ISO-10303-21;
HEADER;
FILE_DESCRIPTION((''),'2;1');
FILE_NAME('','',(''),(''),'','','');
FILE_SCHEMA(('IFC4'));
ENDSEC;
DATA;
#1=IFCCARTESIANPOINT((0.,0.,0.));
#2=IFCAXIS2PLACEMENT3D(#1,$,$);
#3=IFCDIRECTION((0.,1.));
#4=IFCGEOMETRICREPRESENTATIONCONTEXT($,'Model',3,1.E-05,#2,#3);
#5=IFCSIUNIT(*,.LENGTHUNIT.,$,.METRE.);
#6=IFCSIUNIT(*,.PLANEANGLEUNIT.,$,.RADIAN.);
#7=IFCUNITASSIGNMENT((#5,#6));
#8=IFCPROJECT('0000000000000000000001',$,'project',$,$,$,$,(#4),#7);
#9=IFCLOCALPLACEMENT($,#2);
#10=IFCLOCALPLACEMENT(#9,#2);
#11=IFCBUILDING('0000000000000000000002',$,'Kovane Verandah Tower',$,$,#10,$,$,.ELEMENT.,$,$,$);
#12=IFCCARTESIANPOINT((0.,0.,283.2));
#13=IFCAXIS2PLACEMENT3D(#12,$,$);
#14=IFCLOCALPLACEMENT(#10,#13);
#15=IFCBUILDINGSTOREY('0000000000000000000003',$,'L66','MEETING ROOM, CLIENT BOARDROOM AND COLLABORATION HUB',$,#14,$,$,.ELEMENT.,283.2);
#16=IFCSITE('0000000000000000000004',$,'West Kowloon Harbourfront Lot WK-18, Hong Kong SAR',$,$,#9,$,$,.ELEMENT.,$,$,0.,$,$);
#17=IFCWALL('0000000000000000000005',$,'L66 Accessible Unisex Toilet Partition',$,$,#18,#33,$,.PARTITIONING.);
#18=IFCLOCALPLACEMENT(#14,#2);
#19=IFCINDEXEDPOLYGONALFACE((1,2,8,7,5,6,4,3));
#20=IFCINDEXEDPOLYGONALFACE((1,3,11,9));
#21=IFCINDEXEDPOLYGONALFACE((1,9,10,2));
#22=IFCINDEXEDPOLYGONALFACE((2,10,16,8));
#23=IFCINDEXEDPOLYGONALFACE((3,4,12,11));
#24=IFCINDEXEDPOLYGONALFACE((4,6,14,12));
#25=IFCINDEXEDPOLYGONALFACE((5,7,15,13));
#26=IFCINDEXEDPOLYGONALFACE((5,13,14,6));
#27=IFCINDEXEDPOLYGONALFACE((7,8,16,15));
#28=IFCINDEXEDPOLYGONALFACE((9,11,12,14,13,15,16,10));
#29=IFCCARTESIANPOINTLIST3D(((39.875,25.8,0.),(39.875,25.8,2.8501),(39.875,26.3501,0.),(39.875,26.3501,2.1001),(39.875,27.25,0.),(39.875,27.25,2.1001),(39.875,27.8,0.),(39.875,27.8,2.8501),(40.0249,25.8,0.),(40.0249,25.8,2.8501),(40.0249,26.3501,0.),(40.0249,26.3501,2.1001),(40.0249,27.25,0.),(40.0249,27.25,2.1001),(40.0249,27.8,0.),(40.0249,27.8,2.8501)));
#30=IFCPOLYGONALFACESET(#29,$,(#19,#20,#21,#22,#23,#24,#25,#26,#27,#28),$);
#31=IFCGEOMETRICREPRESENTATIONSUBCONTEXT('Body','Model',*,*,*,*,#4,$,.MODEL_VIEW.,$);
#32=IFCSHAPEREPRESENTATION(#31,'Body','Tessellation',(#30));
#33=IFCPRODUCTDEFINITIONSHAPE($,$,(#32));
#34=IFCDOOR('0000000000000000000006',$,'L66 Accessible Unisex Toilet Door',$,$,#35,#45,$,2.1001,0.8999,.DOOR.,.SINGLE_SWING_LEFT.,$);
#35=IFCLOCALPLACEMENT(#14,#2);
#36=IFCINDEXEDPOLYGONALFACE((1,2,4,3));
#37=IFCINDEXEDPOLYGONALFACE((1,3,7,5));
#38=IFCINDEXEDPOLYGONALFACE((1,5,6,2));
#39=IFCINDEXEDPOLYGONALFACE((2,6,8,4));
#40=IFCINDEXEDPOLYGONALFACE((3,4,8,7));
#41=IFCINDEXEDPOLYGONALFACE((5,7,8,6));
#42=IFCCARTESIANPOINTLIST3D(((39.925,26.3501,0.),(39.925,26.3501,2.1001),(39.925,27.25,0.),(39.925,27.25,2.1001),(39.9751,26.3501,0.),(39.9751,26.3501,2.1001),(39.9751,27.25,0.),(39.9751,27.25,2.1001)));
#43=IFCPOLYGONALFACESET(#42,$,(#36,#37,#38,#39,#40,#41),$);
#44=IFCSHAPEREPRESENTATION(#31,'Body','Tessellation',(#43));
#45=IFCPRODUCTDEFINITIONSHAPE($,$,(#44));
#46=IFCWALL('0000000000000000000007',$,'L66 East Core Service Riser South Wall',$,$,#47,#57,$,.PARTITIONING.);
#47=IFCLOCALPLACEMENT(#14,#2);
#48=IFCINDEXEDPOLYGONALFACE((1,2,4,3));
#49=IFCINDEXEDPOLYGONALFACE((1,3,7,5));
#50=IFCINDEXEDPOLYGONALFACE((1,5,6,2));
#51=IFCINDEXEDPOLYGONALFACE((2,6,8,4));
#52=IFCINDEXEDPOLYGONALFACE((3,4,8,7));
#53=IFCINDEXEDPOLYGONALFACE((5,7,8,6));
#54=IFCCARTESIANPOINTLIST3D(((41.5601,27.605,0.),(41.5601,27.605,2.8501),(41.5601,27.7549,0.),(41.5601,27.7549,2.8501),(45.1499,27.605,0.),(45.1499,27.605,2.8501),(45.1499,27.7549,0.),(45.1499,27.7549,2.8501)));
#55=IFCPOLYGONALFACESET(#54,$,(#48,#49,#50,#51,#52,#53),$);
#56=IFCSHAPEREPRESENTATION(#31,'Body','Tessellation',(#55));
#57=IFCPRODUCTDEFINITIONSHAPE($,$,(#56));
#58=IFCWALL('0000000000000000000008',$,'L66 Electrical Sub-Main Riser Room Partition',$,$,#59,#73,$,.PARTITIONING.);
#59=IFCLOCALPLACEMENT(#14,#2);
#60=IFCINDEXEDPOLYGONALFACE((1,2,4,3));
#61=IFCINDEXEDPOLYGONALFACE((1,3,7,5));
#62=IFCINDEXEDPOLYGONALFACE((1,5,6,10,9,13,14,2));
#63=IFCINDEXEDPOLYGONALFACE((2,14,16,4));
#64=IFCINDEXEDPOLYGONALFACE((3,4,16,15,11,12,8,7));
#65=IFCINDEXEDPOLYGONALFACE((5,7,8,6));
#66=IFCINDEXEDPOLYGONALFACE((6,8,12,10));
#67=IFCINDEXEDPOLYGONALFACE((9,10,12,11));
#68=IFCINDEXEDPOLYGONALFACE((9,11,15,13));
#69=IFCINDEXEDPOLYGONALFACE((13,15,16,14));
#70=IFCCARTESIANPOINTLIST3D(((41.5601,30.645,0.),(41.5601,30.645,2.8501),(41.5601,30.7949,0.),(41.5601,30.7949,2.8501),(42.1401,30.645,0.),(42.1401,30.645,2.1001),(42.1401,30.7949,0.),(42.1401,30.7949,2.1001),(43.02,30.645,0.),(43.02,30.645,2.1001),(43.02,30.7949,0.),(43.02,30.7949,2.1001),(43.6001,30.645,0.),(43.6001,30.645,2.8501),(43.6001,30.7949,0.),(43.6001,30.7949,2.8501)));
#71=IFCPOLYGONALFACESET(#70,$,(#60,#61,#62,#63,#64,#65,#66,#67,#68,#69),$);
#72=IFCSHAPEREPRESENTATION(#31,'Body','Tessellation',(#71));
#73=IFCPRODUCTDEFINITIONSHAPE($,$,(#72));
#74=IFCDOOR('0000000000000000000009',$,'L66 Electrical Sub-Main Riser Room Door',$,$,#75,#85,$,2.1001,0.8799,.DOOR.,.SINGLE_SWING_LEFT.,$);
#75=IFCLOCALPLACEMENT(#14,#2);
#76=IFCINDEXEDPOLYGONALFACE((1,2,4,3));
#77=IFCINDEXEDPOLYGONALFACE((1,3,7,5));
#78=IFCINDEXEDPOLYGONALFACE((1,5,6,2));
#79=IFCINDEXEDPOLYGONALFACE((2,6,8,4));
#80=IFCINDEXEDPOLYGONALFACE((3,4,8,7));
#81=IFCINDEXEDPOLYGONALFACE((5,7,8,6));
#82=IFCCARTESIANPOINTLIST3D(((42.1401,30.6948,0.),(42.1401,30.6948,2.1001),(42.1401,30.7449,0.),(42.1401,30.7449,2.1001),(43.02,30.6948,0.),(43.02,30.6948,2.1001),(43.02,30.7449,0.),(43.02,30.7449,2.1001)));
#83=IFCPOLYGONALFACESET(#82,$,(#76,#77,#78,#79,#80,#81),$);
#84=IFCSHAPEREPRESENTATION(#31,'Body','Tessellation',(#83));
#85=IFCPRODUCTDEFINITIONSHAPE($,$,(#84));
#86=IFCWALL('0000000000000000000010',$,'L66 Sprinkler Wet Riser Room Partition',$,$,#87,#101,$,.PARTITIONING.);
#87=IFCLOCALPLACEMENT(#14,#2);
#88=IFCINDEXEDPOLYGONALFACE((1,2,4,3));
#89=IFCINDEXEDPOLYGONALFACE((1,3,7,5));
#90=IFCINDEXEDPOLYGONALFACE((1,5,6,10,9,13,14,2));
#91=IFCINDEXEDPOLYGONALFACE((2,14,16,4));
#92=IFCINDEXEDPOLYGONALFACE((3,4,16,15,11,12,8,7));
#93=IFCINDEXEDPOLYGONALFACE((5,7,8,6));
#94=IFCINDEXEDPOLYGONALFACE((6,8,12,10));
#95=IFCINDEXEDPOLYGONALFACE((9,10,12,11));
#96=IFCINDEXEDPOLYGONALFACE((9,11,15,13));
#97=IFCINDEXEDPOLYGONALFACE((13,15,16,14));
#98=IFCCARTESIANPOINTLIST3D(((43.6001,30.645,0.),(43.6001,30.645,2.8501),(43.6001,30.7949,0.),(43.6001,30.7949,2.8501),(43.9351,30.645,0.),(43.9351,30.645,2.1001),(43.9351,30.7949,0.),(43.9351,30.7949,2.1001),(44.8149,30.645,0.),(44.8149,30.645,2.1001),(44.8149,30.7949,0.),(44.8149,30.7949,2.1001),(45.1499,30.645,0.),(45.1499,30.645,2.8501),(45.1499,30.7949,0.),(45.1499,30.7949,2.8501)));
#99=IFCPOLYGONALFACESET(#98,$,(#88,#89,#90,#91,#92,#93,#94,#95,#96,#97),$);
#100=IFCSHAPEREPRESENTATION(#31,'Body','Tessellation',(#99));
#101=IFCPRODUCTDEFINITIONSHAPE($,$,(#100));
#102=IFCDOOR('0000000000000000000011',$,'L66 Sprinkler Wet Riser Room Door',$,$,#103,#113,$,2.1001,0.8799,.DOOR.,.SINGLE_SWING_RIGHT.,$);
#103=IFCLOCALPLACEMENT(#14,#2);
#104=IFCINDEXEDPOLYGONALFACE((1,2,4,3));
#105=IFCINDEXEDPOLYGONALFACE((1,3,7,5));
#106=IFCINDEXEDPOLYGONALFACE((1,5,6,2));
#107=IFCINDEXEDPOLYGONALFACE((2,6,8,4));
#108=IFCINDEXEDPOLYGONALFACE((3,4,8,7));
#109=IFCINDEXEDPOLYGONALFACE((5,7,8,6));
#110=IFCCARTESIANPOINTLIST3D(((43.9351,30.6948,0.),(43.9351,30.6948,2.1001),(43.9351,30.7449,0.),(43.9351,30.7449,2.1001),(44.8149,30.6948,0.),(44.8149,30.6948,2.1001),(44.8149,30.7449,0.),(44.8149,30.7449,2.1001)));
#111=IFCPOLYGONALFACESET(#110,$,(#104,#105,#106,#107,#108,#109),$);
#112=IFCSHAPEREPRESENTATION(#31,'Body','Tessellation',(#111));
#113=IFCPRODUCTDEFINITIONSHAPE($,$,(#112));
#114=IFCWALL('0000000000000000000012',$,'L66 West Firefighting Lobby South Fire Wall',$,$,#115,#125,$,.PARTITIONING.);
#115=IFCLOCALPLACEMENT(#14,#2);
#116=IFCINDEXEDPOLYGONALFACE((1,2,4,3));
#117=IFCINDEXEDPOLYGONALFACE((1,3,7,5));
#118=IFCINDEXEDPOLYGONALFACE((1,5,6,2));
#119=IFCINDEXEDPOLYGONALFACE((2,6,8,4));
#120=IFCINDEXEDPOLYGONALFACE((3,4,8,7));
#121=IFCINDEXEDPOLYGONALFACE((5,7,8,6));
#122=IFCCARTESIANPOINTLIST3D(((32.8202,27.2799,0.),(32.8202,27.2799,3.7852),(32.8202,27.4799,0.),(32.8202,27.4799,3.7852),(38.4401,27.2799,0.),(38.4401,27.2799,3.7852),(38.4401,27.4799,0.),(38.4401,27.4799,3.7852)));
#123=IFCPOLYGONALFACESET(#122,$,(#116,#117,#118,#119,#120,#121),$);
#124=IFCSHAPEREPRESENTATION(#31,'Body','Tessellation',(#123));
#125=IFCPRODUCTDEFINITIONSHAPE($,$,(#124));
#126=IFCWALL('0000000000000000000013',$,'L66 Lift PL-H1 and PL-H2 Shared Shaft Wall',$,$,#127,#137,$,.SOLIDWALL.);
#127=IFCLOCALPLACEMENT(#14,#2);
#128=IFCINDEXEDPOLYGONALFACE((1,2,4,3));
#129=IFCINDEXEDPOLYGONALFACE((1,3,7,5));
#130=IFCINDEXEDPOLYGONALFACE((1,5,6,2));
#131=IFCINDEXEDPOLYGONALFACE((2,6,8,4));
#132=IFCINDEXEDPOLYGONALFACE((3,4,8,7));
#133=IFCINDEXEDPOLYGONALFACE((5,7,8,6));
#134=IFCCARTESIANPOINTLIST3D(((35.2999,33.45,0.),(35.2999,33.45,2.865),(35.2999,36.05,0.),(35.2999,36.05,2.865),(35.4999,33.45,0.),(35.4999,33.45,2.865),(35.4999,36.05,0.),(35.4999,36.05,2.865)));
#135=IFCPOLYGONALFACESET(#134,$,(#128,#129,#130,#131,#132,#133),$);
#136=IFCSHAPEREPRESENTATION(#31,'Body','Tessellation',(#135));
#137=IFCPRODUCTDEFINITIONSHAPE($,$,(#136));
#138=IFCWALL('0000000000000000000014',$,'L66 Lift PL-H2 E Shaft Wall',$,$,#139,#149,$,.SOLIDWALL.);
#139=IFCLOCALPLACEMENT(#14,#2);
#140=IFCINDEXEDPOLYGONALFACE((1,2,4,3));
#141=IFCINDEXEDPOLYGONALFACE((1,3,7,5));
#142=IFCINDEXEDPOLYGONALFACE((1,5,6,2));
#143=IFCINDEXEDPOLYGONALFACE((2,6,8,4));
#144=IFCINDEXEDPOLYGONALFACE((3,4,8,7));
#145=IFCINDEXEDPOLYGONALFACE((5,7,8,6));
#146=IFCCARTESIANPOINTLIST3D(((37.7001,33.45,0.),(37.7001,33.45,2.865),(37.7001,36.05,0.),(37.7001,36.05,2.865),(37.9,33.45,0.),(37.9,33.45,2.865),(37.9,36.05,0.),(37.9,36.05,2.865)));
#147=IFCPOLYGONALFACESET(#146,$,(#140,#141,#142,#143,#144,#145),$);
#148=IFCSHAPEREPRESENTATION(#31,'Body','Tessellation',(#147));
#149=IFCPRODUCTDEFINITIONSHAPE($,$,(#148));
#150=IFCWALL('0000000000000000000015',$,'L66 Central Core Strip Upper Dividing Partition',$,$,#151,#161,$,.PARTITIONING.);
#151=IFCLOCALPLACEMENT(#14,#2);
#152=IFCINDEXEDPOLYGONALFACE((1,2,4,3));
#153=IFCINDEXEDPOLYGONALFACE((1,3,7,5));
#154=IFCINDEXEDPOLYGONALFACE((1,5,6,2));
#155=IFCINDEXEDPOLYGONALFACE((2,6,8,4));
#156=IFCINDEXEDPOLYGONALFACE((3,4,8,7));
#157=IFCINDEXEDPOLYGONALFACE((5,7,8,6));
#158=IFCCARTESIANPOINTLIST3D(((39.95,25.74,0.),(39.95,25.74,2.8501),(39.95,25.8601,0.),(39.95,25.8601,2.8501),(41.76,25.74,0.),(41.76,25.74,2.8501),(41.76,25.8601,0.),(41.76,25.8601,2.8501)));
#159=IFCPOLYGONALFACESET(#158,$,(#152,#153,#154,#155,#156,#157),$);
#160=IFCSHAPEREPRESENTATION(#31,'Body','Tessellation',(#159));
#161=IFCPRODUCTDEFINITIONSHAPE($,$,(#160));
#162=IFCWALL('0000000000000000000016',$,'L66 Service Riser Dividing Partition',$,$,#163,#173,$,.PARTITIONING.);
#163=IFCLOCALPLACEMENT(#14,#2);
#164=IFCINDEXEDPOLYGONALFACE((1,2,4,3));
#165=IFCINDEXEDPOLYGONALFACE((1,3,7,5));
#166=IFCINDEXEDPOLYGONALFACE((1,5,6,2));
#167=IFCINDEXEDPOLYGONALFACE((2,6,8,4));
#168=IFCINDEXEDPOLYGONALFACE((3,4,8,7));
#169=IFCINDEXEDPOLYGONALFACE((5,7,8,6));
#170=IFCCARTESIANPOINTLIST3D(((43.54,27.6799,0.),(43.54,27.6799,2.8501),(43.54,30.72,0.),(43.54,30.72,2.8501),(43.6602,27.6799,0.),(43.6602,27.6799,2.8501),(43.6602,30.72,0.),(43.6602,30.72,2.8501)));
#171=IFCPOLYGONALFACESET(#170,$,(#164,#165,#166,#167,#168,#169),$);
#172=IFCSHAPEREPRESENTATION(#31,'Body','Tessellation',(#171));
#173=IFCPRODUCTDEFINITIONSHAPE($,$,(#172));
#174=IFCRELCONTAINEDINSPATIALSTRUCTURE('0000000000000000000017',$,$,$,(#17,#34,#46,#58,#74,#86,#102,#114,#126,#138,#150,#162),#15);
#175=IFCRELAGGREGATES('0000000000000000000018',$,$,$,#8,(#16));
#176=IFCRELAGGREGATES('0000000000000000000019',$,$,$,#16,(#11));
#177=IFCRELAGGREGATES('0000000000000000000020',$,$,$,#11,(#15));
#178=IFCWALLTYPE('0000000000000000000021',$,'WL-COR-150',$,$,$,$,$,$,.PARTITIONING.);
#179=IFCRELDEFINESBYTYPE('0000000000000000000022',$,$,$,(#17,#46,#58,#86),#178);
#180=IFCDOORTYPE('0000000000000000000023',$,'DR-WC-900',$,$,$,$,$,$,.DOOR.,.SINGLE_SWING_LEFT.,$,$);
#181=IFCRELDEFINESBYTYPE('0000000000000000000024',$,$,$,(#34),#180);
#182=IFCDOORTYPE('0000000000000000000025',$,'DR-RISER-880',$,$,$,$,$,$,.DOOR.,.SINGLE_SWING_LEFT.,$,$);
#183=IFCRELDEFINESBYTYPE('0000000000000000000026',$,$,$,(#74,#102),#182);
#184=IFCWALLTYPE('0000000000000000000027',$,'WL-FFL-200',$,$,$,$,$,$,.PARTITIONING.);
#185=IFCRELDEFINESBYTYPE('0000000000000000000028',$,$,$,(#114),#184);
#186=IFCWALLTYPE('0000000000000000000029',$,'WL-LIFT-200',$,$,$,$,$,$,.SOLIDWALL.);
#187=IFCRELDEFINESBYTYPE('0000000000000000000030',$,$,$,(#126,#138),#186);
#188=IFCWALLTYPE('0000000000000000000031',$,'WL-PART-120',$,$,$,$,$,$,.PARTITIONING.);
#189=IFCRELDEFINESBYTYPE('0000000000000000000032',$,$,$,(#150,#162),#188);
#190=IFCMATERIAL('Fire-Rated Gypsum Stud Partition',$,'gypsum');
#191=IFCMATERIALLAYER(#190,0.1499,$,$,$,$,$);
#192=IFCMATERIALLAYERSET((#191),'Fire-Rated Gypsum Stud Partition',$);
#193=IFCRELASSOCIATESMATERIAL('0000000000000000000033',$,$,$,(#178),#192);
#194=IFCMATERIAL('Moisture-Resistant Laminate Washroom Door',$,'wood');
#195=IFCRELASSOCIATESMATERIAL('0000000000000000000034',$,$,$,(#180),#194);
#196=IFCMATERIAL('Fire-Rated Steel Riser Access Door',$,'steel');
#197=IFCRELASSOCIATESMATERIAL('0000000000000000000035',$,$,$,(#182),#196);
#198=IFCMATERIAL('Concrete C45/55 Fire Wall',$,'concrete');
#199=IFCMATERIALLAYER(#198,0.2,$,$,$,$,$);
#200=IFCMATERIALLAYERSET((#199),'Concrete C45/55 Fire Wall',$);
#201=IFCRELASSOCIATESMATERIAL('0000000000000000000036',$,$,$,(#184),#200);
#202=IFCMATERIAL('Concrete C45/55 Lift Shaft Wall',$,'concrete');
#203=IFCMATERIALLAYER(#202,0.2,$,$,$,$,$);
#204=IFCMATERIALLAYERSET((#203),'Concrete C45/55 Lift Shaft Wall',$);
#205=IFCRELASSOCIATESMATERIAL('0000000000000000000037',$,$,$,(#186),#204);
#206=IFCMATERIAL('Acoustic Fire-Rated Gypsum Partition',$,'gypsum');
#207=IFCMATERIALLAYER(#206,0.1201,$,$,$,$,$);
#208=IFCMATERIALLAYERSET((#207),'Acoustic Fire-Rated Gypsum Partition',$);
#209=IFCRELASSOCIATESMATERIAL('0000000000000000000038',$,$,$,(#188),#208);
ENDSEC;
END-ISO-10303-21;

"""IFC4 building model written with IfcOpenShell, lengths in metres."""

from ifc_helpers import new_model, si_unit, direction, frame, frame_2d, origin, place, context, subcontext, project, spatial, rectangle, extrude, material, layer, layer_set, type_object, element, fill, save


model = new_model("IFC4")

# Units and contexts
model_context = context("Model", 3, precision=1e-05, world=origin(), true_north=direction((0.0, 1.0)))
body_context = subcontext(model_context, "Body", "Model", "MODEL_VIEW")
ifc_project = project(units=[si_unit("LENGTHUNIT", "METRE"), si_unit("PLANEANGLEUNIT", "RADIAN")], contexts=[model_context])

# Site, building, storey
site_placement = place(None, origin())
site = spatial("IfcSite", under=ifc_project, at=site_placement, Name="West Kowloon Harbourfront Lot WK-18, Hong Kong SAR", CompositionType="ELEMENT", RefElevation=0.0)
building_placement = place(site_placement, origin())
building = spatial("IfcBuilding", under=site, at=building_placement, Name="Kovane Verandah Tower", CompositionType="ELEMENT")
storey_placement = place(building_placement, frame((0.0, 0.0, 283.2)))
storey = spatial("IfcBuildingStorey", under=building, at=storey_placement, Name="L66", Description="MEETING ROOM, CLIENT BOARDROOM AND COLLABORATION HUB", CompositionType="ELEMENT", Elevation=283.2)

# Wall, opening, door
ifc_material_1 = material(Name="Fire-Rated Gypsum Stud Partition", Category="gypsum")
ifc_layer_1 = layer(ifc_material_1, 0.1499)
ifc_layer_set_1 = layer_set([ifc_layer_1], Name="Fire-Rated Gypsum Stud Partition")
wall_type_1 = type_object("IfcWallType", Name="WL-COR-150", PredefinedType="PARTITIONING", material=ifc_layer_set_1)
wall_1_placement = place(storey_placement, frame((39.95, 25.8, 0.0), z_axis=(0.0, 0.0, 1.0), x_axis=(0.0, 1.0, 0.0)))
wall_1 = element("IfcWall", 1, at=wall_1_placement, inside=storey, type_object=wall_type_1, Name="L66 Accessible Unisex Toilet Partition", PredefinedType="PARTITIONING", context=body_context, shape_type="SweptSolid", body=[
    extrude(rectangle(XDim=2.0, YDim=0.1499, at=frame_2d((1.0, 0.0))), origin(), (0.0, 0.0, 1.0), 2.8501),
])
opening_1_placement = place(wall_1_placement, frame((0.55, 0.0, 0.0)))
opening_1 = element("IfcOpeningElement", 2, at=opening_1_placement, cuts=wall_1, PredefinedType="OPENING", context=body_context, shape_type="SweptSolid", body=[
    extrude(rectangle(XDim=0.8999, YDim=2.1001, at=frame_2d((0.45, 1.05))), frame((0.0, 0.075, 0.0), z_axis=(0.0, -1.0, 0.0), x_axis=(1.0, 0.0, 0.0)), (0.0, 0.0, 1.0), 0.1499),
])
ifc_material_2 = material(Name="Moisture-Resistant Laminate Washroom Door", Category="wood")
door_type_1 = type_object("IfcDoorType", Name="DR-WC-900", OperationType="SINGLE_SWING_LEFT", PredefinedType="DOOR", material=ifc_material_2)
door_1_placement = place(opening_1_placement, origin())
door_1 = element("IfcDoor", 3, at=door_1_placement, inside=storey, type_object=door_type_1, Name="L66 Accessible Unisex Toilet Door", OperationType="SINGLE_SWING_LEFT", OverallHeight=2.1001, OverallWidth=0.8999, PredefinedType="DOOR", context=body_context, shape_type="SweptSolid", body=[
    extrude(rectangle(XDim=0.8999, YDim=2.1001, at=frame_2d((0.45, 1.05))), frame((0.0, 0.0249, 0.0), z_axis=(0.0, -1.0, 0.0), x_axis=(1.0, 0.0, 0.0)), (0.0, 0.0, 1.0), 0.05),
])
fill(opening_1, door_1)

# Wall
wall_2_placement = place(storey_placement, frame((41.5601, 27.6799, 0.0), z_axis=(0.0, 0.0, 1.0), x_axis=(1.0, 0.0, 0.0)))
element("IfcWall", 4, at=wall_2_placement, inside=storey, type_object=wall_type_1, Name="L66 East Core Service Riser South Wall", PredefinedType="PARTITIONING", context=body_context, shape_type="SweptSolid", body=[
    extrude(rectangle(XDim=3.5898, YDim=0.1499, at=frame_2d((1.7949, 0.0))), origin(), (0.0, 0.0, 1.0), 2.8501),
])

# Walls, openings, doors
wall_3_placement = place(storey_placement, frame((41.5601, 30.72, 0.0), z_axis=(0.0, 0.0, 1.0), x_axis=(1.0, 0.0, 0.0)))
wall_3 = element("IfcWall", 5, at=wall_3_placement, inside=storey, type_object=wall_type_1, Name="L66 Electrical Sub-Main Riser Room Partition", PredefinedType="PARTITIONING", context=body_context, shape_type="SweptSolid", body=[
    extrude(rectangle(XDim=2.04, YDim=0.1499, at=frame_2d((1.02, 0.0))), origin(), (0.0, 0.0, 1.0), 2.8501),
])
opening_2_placement = place(wall_3_placement, frame((0.5801, 0.0, 0.0)))
opening_2 = element("IfcOpeningElement", 6, at=opening_2_placement, cuts=wall_3, PredefinedType="OPENING", context=body_context, shape_type="SweptSolid", body=[
    extrude(rectangle(XDim=0.8799, YDim=2.1001, at=frame_2d((0.4399, 1.05))), frame((0.0, 0.075, 0.0), z_axis=(0.0, -1.0, 0.0), x_axis=(1.0, 0.0, 0.0)), (0.0, 0.0, 1.0), 0.1499),
])
ifc_material_3 = material(Name="Fire-Rated Steel Riser Access Door", Category="steel")
door_type_2 = type_object("IfcDoorType", Name="DR-RISER-880", OperationType="SINGLE_SWING_LEFT", PredefinedType="DOOR", material=ifc_material_3)
door_2_placement = place(opening_2_placement, origin())
door_2 = element("IfcDoor", 7, at=door_2_placement, inside=storey, type_object=door_type_2, Name="L66 Electrical Sub-Main Riser Room Door", OperationType="SINGLE_SWING_LEFT", OverallHeight=2.1001, OverallWidth=0.8799, PredefinedType="DOOR", context=body_context, shape_type="SweptSolid", body=[
    extrude(rectangle(XDim=0.8799, YDim=2.1001, at=frame_2d((0.4399, 1.05))), frame((0.0, 0.0249, 0.0), z_axis=(0.0, -1.0, 0.0), x_axis=(1.0, 0.0, 0.0)), (0.0, 0.0, 1.0), 0.05),
])
fill(opening_2, door_2)
wall_4_placement = place(storey_placement, frame((43.6001, 30.72, 0.0), z_axis=(0.0, 0.0, 1.0), x_axis=(1.0, 0.0, 0.0)))
wall_4 = element("IfcWall", 8, at=wall_4_placement, inside=storey, type_object=wall_type_1, Name="L66 Sprinkler Wet Riser Room Partition", PredefinedType="PARTITIONING", context=body_context, shape_type="SweptSolid", body=[
    extrude(rectangle(XDim=1.5498, YDim=0.1499, at=frame_2d((0.7749, 0.0))), origin(), (0.0, 0.0, 1.0), 2.8501),
])
opening_3_placement = place(wall_4_placement, frame((0.335, 0.0, 0.0)))
opening_3 = element("IfcOpeningElement", 9, at=opening_3_placement, cuts=wall_4, PredefinedType="OPENING", context=body_context, shape_type="SweptSolid", body=[
    extrude(rectangle(XDim=0.8799, YDim=2.1001, at=frame_2d((0.4399, 1.05))), frame((0.0, 0.075, 0.0), z_axis=(0.0, -1.0, 0.0), x_axis=(1.0, 0.0, 0.0)), (0.0, 0.0, 1.0), 0.1499),
])
door_3_placement = place(opening_3_placement, origin())
door_3 = element("IfcDoor", 10, at=door_3_placement, inside=storey, type_object=door_type_2, Name="L66 Sprinkler Wet Riser Room Door", OperationType="SINGLE_SWING_RIGHT", OverallHeight=2.1001, OverallWidth=0.8799, PredefinedType="DOOR", context=body_context, shape_type="SweptSolid", body=[
    extrude(rectangle(XDim=0.8799, YDim=2.1001, at=frame_2d((0.4399, 1.05))), frame((0.0, 0.0249, 0.0), z_axis=(0.0, -1.0, 0.0), x_axis=(1.0, 0.0, 0.0)), (0.0, 0.0, 1.0), 0.05),
])
fill(opening_3, door_3)
ifc_material_4 = material(Name="Concrete C45/55 Fire Wall", Category="concrete")
ifc_layer_2 = layer(ifc_material_4, 0.2)
ifc_layer_set_2 = layer_set([ifc_layer_2], Name="Concrete C45/55 Fire Wall")
wall_type_2 = type_object("IfcWallType", Name="WL-FFL-200", PredefinedType="PARTITIONING", material=ifc_layer_set_2)

# Wall
wall_5_placement = place(storey_placement, frame((32.8201, 27.3799, 0.0), z_axis=(0.0, 0.0, 1.0), x_axis=(1.0, 0.0, 0.0)))
element("IfcWall", 11, at=wall_5_placement, inside=storey, type_object=wall_type_2, Name="L66 West Firefighting Lobby South Fire Wall", PredefinedType="PARTITIONING", context=body_context, shape_type="SweptSolid", body=[
    extrude(rectangle(XDim=5.6199, YDim=0.2, at=frame_2d((2.8101, 0.0))), origin(), (0.0, 0.0, 1.0), 3.7852),
])

# Shared definitions
ifc_material_5 = material(Name="Concrete C45/55 Lift Shaft Wall", Category="concrete")
ifc_layer_3 = layer(ifc_material_5, 0.2)
ifc_layer_set_3 = layer_set([ifc_layer_3], Name="Concrete C45/55 Lift Shaft Wall")
wall_type_3 = type_object("IfcWallType", Name="WL-LIFT-200", PredefinedType="SOLIDWALL", material=ifc_layer_set_3)

# Wall
wall_6_placement = place(storey_placement, frame((35.3999, 33.45, 0.0), z_axis=(0.0, 0.0, 1.0), x_axis=(0.0, 1.0, 0.0)))
element("IfcWall", 12, at=wall_6_placement, inside=storey, type_object=wall_type_3, Name="L66 Lift PL-H1 and PL-H2 Shared Shaft Wall", PredefinedType="SOLIDWALL", context=body_context, shape_type="SweptSolid", body=[
    extrude(rectangle(XDim=2.6001, YDim=0.2, at=frame_2d((1.3, 0.0))), origin(), (0.0, 0.0, 1.0), 2.865),
])

# Walls
wall_7_placement = place(storey_placement, frame((37.8, 33.45, 0.0), z_axis=(0.0, 0.0, 1.0), x_axis=(0.0, 1.0, 0.0)))
element("IfcWall", 13, at=wall_7_placement, inside=storey, type_object=wall_type_3, Name="L66 Lift PL-H2 E Shaft Wall", PredefinedType="SOLIDWALL", context=body_context, shape_type="SweptSolid", body=[
    extrude(rectangle(XDim=2.6001, YDim=0.2, at=frame_2d((1.3, 0.0))), origin(), (0.0, 0.0, 1.0), 2.865),
])
ifc_material_6 = material(Name="Acoustic Fire-Rated Gypsum Partition", Category="gypsum")
ifc_layer_4 = layer(ifc_material_6, 0.1201)
ifc_layer_set_4 = layer_set([ifc_layer_4], Name="Acoustic Fire-Rated Gypsum Partition")
wall_type_4 = type_object("IfcWallType", Name="WL-PART-120", PredefinedType="PARTITIONING", material=ifc_layer_set_4)
wall_8_placement = place(storey_placement, frame((39.95, 25.8, 0.0), z_axis=(0.0, 0.0, 1.0), x_axis=(1.0, 0.0, 0.0)))
element("IfcWall", 14, at=wall_8_placement, inside=storey, type_object=wall_type_4, Name="L66 Central Core Strip Upper Dividing Partition", PredefinedType="PARTITIONING", context=body_context, shape_type="SweptSolid", body=[
    extrude(rectangle(XDim=1.8101, YDim=0.1201, at=frame_2d((0.905, 0.0))), origin(), (0.0, 0.0, 1.0), 2.8501),
])
wall_9_placement = place(storey_placement, frame((43.6001, 27.6799, 0.0), z_axis=(0.0, 0.0, 1.0), x_axis=(0.0, 1.0, 0.0)))
element("IfcWall", 15, at=wall_9_placement, inside=storey, type_object=wall_type_4, Name="L66 Service Riser Dividing Partition", PredefinedType="PARTITIONING", context=body_context, shape_type="SweptSolid", body=[
    extrude(rectangle(XDim=3.04, YDim=0.1201, at=frame_2d((1.52, 0.0))), origin(), (0.0, 0.0, 1.0), 2.8501),
])

save(model, "model.ifc")
